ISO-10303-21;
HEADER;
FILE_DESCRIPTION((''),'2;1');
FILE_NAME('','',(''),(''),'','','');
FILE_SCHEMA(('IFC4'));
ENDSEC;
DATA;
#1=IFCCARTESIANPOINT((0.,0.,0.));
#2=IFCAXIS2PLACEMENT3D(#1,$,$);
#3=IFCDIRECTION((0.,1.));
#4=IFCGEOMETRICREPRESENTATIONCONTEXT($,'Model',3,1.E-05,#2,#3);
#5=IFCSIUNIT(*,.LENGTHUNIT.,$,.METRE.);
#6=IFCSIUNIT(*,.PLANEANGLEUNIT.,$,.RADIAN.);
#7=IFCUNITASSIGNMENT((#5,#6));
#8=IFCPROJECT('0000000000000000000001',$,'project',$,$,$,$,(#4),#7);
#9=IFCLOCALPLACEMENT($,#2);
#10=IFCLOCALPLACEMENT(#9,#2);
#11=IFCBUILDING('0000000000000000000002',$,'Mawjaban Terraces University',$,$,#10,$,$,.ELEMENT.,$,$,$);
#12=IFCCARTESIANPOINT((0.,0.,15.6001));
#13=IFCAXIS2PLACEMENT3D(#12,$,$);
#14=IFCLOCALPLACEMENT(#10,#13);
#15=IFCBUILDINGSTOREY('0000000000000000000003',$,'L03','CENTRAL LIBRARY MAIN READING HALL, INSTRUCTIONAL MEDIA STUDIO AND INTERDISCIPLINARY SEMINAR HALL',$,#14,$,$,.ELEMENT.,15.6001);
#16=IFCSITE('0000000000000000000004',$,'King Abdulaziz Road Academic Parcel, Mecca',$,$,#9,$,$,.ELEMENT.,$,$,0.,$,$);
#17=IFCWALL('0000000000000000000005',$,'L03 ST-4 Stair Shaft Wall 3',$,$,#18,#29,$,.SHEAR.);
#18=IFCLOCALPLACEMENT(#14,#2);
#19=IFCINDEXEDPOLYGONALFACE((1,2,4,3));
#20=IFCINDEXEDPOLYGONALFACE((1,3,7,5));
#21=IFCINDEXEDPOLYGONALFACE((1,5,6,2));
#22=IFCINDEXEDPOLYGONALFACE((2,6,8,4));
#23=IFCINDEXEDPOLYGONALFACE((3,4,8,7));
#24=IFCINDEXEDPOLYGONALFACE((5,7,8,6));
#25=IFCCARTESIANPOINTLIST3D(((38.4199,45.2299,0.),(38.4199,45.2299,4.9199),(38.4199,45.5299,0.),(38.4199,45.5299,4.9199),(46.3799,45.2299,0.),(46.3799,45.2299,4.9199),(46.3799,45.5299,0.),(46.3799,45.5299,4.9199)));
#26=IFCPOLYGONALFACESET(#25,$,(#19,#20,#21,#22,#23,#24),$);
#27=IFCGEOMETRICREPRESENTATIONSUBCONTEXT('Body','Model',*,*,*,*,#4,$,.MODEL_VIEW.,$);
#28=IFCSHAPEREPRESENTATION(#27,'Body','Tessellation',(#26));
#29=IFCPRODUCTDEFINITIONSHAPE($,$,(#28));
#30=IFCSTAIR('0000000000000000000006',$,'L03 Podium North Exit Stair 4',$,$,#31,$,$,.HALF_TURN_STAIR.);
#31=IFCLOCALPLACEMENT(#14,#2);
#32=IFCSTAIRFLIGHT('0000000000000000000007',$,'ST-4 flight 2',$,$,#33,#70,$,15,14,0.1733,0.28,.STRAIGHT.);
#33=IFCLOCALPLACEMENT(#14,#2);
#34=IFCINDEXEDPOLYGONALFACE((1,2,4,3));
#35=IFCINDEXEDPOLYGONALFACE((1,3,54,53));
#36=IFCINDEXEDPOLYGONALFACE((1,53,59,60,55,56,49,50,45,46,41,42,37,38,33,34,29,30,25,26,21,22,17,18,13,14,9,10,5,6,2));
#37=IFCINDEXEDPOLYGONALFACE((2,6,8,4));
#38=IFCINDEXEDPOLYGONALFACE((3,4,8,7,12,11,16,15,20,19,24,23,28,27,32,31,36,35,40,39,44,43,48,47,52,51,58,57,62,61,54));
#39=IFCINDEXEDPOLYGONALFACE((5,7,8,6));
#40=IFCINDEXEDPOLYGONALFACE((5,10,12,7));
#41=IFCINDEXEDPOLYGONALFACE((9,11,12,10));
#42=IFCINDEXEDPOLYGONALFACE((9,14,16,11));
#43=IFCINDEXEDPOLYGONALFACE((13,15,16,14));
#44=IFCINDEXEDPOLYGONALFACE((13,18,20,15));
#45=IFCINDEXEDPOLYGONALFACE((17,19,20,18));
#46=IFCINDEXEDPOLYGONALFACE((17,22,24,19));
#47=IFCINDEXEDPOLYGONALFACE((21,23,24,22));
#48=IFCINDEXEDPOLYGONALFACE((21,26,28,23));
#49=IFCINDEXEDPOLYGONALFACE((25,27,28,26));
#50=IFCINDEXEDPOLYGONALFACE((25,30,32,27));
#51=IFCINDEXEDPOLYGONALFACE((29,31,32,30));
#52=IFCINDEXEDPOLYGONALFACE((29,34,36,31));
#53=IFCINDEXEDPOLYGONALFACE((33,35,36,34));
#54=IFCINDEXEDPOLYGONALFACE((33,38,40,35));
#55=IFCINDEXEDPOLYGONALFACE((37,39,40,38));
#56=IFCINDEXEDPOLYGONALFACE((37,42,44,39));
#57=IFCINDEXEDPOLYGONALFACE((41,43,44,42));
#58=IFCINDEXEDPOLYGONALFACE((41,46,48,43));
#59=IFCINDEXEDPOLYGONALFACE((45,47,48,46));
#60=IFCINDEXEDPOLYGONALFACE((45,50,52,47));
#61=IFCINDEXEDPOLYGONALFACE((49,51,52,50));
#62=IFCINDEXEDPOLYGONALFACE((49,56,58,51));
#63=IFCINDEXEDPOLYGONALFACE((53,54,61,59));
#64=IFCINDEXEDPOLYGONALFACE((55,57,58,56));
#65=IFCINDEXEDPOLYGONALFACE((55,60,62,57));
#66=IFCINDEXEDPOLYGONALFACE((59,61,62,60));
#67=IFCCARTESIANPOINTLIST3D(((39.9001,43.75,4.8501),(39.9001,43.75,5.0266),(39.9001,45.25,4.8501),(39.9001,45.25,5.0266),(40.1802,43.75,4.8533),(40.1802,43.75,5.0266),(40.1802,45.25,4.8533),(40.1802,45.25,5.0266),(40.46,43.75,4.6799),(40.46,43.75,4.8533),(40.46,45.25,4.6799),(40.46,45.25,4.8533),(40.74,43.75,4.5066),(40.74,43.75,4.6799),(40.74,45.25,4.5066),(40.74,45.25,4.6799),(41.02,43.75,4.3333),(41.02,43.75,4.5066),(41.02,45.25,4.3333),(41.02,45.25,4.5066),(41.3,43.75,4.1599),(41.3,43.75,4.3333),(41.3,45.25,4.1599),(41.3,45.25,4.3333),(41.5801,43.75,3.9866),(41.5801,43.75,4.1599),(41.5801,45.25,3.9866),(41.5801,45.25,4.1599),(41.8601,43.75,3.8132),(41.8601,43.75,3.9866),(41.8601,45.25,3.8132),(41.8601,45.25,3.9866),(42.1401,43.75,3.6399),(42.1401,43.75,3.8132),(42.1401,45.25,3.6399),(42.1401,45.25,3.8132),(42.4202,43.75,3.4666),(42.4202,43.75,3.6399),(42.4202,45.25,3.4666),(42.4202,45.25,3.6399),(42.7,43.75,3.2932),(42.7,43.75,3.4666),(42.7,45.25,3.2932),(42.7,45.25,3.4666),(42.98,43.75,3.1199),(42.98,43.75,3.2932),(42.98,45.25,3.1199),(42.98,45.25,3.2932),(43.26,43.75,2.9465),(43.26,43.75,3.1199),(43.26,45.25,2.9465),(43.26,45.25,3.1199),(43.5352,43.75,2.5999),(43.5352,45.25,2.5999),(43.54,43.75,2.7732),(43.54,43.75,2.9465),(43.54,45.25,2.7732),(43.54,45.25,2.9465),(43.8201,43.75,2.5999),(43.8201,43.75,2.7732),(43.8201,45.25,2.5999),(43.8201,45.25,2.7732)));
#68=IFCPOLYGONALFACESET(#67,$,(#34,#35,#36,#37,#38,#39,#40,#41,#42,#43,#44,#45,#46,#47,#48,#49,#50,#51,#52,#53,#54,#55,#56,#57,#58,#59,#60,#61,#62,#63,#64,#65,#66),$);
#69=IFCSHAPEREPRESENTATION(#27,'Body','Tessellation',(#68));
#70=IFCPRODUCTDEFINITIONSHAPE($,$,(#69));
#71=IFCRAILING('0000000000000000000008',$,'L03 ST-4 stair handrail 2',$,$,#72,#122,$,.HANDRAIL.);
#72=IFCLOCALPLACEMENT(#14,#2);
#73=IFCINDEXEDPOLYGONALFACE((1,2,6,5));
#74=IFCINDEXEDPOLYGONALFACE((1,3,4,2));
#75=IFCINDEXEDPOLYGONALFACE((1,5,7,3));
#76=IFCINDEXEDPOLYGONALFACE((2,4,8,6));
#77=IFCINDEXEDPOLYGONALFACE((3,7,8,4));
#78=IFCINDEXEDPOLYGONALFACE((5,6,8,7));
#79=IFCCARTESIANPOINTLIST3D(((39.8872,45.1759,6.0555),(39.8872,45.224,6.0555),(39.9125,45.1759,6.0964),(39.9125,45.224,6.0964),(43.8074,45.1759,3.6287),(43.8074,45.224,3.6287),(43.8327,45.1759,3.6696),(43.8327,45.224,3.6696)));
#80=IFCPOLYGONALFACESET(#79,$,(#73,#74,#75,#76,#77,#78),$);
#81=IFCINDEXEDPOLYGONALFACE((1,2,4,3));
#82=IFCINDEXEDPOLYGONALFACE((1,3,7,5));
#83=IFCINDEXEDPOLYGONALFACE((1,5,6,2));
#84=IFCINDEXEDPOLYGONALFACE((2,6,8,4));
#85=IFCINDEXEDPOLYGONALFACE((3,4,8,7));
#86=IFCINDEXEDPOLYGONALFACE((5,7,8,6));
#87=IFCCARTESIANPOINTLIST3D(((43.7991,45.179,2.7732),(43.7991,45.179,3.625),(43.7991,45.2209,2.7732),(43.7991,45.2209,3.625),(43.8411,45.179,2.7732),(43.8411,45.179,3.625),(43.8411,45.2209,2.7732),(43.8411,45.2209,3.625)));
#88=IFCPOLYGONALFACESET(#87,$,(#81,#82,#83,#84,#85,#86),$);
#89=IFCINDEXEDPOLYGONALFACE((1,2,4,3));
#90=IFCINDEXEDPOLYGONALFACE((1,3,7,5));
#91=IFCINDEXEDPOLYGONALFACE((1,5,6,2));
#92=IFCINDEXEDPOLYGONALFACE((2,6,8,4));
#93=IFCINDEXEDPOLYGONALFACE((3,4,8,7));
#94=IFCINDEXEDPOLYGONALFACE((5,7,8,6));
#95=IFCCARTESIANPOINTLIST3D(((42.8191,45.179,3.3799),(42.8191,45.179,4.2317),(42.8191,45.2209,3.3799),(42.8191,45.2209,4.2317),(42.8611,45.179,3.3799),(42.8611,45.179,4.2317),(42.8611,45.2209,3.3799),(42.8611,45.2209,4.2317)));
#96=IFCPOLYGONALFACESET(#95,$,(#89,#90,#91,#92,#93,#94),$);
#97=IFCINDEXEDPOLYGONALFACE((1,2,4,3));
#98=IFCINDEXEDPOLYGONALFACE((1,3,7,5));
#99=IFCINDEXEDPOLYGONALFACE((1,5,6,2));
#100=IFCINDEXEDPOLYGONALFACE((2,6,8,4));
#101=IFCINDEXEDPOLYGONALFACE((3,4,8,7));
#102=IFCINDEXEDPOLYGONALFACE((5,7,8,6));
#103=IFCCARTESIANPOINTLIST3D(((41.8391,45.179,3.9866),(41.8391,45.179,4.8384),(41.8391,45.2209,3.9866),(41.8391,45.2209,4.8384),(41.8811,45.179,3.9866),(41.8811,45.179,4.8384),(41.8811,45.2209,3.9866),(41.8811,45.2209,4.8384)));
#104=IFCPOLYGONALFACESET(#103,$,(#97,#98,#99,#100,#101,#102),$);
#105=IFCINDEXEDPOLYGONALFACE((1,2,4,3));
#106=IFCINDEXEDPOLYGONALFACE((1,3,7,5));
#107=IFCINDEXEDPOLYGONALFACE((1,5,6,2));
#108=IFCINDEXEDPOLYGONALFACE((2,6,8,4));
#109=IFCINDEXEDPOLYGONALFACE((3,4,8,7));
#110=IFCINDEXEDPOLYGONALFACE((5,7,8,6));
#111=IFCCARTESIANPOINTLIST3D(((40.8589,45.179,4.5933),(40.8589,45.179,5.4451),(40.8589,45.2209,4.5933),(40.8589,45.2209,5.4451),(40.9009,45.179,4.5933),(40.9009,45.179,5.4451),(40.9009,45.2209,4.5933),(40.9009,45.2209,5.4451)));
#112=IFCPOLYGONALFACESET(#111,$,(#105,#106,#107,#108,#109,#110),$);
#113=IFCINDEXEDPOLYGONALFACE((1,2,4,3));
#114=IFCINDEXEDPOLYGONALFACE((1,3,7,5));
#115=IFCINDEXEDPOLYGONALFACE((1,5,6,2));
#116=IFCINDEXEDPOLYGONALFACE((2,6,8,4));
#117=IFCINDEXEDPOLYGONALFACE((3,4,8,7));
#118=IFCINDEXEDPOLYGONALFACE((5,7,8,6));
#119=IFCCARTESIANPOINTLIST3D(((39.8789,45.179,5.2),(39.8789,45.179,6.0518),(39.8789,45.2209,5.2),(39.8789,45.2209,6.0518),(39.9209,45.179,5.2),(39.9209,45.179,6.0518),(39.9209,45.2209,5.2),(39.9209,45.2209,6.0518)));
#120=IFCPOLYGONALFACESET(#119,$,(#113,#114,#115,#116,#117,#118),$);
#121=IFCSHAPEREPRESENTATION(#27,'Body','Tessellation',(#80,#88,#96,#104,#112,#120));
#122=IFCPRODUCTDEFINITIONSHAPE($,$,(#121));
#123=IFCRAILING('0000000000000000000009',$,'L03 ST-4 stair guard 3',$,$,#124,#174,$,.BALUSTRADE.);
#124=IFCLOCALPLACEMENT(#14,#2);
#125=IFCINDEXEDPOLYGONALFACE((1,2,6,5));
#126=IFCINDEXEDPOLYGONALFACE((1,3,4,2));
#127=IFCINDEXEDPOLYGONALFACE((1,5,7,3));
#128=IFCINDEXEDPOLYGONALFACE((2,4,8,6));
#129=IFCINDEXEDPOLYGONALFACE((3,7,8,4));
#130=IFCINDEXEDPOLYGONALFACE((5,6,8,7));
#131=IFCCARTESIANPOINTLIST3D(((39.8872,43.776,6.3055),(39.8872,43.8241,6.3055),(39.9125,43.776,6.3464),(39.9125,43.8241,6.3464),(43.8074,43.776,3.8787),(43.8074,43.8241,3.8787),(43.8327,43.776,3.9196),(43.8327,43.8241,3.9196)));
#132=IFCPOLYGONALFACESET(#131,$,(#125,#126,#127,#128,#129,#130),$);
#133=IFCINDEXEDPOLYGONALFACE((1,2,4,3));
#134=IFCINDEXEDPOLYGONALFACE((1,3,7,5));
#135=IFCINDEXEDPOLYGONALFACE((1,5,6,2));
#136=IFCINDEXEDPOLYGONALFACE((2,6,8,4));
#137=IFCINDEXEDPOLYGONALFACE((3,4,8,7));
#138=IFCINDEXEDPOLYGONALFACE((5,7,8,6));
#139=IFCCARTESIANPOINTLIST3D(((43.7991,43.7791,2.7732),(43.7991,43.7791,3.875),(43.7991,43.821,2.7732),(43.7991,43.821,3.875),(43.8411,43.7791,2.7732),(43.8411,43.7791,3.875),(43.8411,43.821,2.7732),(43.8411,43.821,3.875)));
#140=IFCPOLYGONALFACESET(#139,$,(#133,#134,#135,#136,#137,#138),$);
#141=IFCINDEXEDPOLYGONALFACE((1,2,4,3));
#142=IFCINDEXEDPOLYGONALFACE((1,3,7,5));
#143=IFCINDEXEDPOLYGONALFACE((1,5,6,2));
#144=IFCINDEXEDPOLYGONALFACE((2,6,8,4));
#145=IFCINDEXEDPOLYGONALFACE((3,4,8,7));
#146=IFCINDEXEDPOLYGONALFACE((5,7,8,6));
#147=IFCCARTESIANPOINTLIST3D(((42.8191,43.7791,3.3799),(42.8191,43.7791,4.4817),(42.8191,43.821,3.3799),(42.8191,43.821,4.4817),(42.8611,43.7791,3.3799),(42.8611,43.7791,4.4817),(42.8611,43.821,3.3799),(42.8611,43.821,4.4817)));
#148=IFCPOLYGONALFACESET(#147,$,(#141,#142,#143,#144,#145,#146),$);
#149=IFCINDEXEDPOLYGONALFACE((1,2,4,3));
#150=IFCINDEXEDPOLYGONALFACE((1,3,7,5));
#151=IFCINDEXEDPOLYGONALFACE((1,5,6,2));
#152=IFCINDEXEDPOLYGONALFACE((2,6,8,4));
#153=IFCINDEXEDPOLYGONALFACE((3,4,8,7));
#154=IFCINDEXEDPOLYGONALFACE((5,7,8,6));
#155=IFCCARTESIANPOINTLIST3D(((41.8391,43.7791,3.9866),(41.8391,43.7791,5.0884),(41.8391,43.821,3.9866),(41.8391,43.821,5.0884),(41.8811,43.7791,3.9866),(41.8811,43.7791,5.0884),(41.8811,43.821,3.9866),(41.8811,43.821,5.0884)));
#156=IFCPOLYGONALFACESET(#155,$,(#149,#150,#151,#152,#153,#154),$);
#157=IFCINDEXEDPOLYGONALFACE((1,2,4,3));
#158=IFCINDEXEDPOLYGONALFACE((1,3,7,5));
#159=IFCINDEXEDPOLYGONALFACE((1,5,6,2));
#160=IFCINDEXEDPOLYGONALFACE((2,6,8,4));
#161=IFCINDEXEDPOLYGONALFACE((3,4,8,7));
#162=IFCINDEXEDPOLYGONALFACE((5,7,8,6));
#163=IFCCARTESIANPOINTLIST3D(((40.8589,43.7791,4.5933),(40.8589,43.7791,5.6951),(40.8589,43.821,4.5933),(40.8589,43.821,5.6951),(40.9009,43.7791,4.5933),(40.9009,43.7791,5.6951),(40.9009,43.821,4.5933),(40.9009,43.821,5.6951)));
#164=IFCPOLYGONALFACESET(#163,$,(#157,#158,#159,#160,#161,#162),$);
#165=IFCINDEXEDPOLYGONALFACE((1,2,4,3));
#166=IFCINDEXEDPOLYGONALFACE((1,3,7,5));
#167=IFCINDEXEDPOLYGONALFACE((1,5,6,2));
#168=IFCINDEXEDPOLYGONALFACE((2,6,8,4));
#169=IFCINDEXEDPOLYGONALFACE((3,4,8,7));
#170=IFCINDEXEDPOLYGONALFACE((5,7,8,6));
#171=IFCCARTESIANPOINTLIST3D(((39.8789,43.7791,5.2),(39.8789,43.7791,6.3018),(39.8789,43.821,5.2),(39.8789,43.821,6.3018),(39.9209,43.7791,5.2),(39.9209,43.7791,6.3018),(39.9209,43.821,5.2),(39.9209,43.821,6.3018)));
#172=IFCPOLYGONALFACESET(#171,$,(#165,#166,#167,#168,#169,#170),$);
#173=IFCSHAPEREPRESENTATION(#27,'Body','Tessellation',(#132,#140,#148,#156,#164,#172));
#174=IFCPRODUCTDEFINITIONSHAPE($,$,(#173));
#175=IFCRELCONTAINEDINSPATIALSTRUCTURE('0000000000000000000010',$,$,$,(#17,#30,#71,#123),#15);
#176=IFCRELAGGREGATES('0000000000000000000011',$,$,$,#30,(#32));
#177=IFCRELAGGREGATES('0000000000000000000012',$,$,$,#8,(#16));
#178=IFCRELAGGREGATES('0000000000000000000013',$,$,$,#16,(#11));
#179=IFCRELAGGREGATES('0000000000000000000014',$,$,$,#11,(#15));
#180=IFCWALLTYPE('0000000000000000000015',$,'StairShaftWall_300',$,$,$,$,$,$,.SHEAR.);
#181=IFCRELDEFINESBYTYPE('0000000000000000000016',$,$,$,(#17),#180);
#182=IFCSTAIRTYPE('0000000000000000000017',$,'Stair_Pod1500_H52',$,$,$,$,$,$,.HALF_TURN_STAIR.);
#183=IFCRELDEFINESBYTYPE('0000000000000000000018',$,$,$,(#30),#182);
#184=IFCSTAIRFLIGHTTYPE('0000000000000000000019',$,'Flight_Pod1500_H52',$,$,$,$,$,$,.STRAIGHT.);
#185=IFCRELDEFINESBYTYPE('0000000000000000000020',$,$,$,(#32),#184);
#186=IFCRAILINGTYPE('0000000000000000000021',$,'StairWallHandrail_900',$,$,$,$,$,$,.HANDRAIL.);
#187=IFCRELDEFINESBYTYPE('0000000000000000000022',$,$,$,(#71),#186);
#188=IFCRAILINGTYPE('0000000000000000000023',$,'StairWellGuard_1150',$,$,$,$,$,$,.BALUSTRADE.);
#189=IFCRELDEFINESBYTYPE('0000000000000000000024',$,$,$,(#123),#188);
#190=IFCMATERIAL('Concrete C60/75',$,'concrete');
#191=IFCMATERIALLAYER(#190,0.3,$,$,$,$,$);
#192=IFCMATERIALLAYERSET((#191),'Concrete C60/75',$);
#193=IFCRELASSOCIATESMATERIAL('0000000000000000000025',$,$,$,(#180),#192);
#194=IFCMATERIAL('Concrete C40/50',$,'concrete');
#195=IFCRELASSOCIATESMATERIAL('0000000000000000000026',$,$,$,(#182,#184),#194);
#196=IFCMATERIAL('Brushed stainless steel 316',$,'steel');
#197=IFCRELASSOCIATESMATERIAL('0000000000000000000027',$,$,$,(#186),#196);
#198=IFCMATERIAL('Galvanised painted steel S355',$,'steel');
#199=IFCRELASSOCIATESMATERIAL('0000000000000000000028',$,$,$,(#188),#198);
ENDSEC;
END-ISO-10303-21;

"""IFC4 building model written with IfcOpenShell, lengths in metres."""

from ifc_helpers import new_model, si_unit, direction, frame, frame_2d, origin, origin_2d, place, context, subcontext, project, spatial, polyline, rectangle, outline, extrude, material, layer, layer_set, type_object, element, aggregate, save


model = new_model("IFC4")

# Units and contexts
model_context = context("Model", 3, precision=1e-05, world=origin(), true_north=direction((0.0, 1.0)))
body_context = subcontext(model_context, "Body", "Model", "MODEL_VIEW")
ifc_project = project(units=[si_unit("LENGTHUNIT", "METRE"), si_unit("PLANEANGLEUNIT", "RADIAN")], contexts=[model_context])

# Site, building, storey
site_placement = place(None, origin())
site = spatial("IfcSite", under=ifc_project, at=site_placement, Name="King Abdulaziz Road Academic Parcel, Mecca", CompositionType="ELEMENT", RefElevation=0.0)
building_placement = place(site_placement, origin())
building = spatial("IfcBuilding", under=site, at=building_placement, Name="Mawjaban Terraces University", CompositionType="ELEMENT")
storey_placement = place(building_placement, frame((0.0, 0.0, 15.6001)))
storey = spatial("IfcBuildingStorey", under=building, at=storey_placement, Name="L03", Description="CENTRAL LIBRARY MAIN READING HALL, INSTRUCTIONAL MEDIA STUDIO AND INTERDISCIPLINARY SEMINAR HALL", CompositionType="ELEMENT", Elevation=15.6001)

# Wall
ifc_material_1 = material(Name="Concrete C60/75", Category="concrete")
ifc_layer_1 = layer(ifc_material_1, 0.3)
ifc_layer_set_1 = layer_set([ifc_layer_1], Name="Concrete C60/75")
wall_type_1 = type_object("IfcWallType", Name="StairShaftWall_300", PredefinedType="SHEAR", material=ifc_layer_set_1)
wall_1_placement = place(storey_placement, frame((46.3799, 45.3799, 0.0), z_axis=(0.0, 0.0, 1.0), x_axis=(-1.0, 0.0, 0.0)))
element("IfcWall", 1, at=wall_1_placement, inside=storey, type_object=wall_type_1, Name="L03 ST-4 Stair Shaft Wall 3", PredefinedType="SHEAR", context=body_context, shape_type="SweptSolid", body=[
    extrude(rectangle(XDim=7.96, YDim=0.3, at=frame_2d((3.98, 0.0))), origin(), (0.0, 0.0, 1.0), 4.9199),
])

# Stair, stair flight
ifc_material_2 = material(Name="Concrete C40/50", Category="concrete")
stair_type = type_object("IfcStairType", Name="Stair_Pod1500_H52", PredefinedType="HALF_TURN_STAIR", material=ifc_material_2)
stair_placement = place(storey_placement, origin())
stair = element("IfcStair", 2, at=stair_placement, inside=storey, type_object=stair_type, Name="L03 Podium North Exit Stair 4", PredefinedType="HALF_TURN_STAIR")
stair_flight_type = type_object("IfcStairFlightType", Name="Flight_Pod1500_H52", PredefinedType="STRAIGHT", material=ifc_material_2)
stair_flight_placement = place(storey_placement, frame((43.8201, 44.5, 2.5999), z_axis=(0.0, 0.0, 1.0), x_axis=(-1.0, 0.0, 0.0)))
stair_flight = element("IfcStairFlight", 3, at=stair_flight_placement, type_object=stair_flight_type, Name="ST-4 flight 2", NumberOfRisers=15, NumberOfTreads=14, PredefinedType="STRAIGHT", RiserHeight=0.1733, TreadLength=0.28, context=body_context, shape_type="SweptSolid", body=[
    extrude(outline(polyline([(0.0, 0.0), (0.0, 0.1733), (0.28, 0.1733), (0.28, 0.3467), (0.5601, 0.3467), (0.5601, 0.52), (0.8401, 0.52), (0.8401, 0.6934), (1.1201, 0.6934), (1.1201, 0.8667), (1.3999, 0.8667), (1.3999, 1.04), (1.6799, 1.04), (1.6799, 1.2134), (1.96, 1.2134), (1.96, 1.3867), (2.24, 1.3867), (2.24, 1.5601), (2.52, 1.5601), (2.52, 1.7334), (2.8, 1.7334), (2.8, 1.9067), (3.0801, 1.9067), (3.0801, 2.0801), (3.3601, 2.0801), (3.3601, 2.2534), (3.6399, 2.2534), (3.6399, 2.4268), (3.9199, 2.4268), (3.9199, 2.6001), (3.9199, 2.2502), (0.2849, 0.0), (0.0, 0.0)])), frame((0.0, 0.75, 0.0), z_axis=(0.0, -1.0, 0.0), x_axis=(1.0, 0.0, 0.0)), (0.0, 0.0, 1.0), 1.5),
])
aggregate(stair, [stair_flight])

# Railings
ifc_material_3 = material(Name="Brushed stainless steel 316", Category="steel")
railing_type_1 = type_object("IfcRailingType", Name="StairWallHandrail_900", PredefinedType="HANDRAIL", material=ifc_material_3)
railing_1_placement = place(storey_placement, frame((43.8201, 45.2, 2.7732)))
element("IfcRailing", 4, at=railing_1_placement, inside=storey, type_object=railing_type_1, Name="L03 ST-4 stair handrail 2", PredefinedType="HANDRAIL", context=body_context, shape_type="SweptSolid", body=[
    extrude(rectangle(XDim=0.0481, YDim=0.0481, at=origin_2d()), frame((0.0, 0.0, 0.876), z_axis=(-0.850266, 0.0, 0.526353), x_axis=(0.0, -1.0, 0.0)), (0.0, 0.0, 1.0), 4.6106),
    extrude(rectangle(XDim=0.042, YDim=0.042, at=origin_2d()), origin(), (0.0, 0.0, 1.0), 0.8518),
    extrude(rectangle(XDim=0.042, YDim=0.042, at=origin_2d()), frame((-0.98, 0.0, 0.6067)), (0.0, 0.0, 1.0), 0.8518),
    extrude(rectangle(XDim=0.042, YDim=0.042, at=origin_2d()), frame((-1.96, 0.0, 1.2134)), (0.0, 0.0, 1.0), 0.8518),
    extrude(rectangle(XDim=0.042, YDim=0.042, at=origin_2d()), frame((-2.9402, 0.0, 1.8201)), (0.0, 0.0, 1.0), 0.8518),
    extrude(rectangle(XDim=0.042, YDim=0.042, at=origin_2d()), frame((-3.9202, 0.0, 2.4268)), (0.0, 0.0, 1.0), 0.8518),
])
ifc_material_4 = material(Name="Galvanised painted steel S355", Category="steel")
railing_type_2 = type_object("IfcRailingType", Name="StairWellGuard_1150", PredefinedType="BALUSTRADE", material=ifc_material_4)
railing_2_placement = place(storey_placement, frame((43.8201, 43.8, 2.7732)))
element("IfcRailing", 5, at=railing_2_placement, inside=storey, type_object=railing_type_2, Name="L03 ST-4 stair guard 3", PredefinedType="BALUSTRADE", context=body_context, shape_type="SweptSolid", body=[
    extrude(rectangle(XDim=0.0481, YDim=0.0481, at=origin_2d()), frame((0.0, 0.0, 1.126), z_axis=(-0.850266, 0.0, 0.526353), x_axis=(0.0, -1.0, 0.0)), (0.0, 0.0, 1.0), 4.6106),
    extrude(rectangle(XDim=0.042, YDim=0.042, at=origin_2d()), origin(), (0.0, 0.0, 1.0), 1.1018),
    extrude(rectangle(XDim=0.042, YDim=0.042, at=origin_2d()), frame((-0.98, 0.0, 0.6067)), (0.0, 0.0, 1.0), 1.1018),
    extrude(rectangle(XDim=0.042, YDim=0.042, at=origin_2d()), frame((-1.96, 0.0, 1.2134)), (0.0, 0.0, 1.0), 1.1018),
    extrude(rectangle(XDim=0.042, YDim=0.042, at=origin_2d()), frame((-2.9402, 0.0, 1.8201)), (0.0, 0.0, 1.0), 1.1018),
    extrude(rectangle(XDim=0.042, YDim=0.042, at=origin_2d()), frame((-3.9202, 0.0, 2.4268)), (0.0, 0.0, 1.0), 1.1018),
])

save(model, "model.ifc")
